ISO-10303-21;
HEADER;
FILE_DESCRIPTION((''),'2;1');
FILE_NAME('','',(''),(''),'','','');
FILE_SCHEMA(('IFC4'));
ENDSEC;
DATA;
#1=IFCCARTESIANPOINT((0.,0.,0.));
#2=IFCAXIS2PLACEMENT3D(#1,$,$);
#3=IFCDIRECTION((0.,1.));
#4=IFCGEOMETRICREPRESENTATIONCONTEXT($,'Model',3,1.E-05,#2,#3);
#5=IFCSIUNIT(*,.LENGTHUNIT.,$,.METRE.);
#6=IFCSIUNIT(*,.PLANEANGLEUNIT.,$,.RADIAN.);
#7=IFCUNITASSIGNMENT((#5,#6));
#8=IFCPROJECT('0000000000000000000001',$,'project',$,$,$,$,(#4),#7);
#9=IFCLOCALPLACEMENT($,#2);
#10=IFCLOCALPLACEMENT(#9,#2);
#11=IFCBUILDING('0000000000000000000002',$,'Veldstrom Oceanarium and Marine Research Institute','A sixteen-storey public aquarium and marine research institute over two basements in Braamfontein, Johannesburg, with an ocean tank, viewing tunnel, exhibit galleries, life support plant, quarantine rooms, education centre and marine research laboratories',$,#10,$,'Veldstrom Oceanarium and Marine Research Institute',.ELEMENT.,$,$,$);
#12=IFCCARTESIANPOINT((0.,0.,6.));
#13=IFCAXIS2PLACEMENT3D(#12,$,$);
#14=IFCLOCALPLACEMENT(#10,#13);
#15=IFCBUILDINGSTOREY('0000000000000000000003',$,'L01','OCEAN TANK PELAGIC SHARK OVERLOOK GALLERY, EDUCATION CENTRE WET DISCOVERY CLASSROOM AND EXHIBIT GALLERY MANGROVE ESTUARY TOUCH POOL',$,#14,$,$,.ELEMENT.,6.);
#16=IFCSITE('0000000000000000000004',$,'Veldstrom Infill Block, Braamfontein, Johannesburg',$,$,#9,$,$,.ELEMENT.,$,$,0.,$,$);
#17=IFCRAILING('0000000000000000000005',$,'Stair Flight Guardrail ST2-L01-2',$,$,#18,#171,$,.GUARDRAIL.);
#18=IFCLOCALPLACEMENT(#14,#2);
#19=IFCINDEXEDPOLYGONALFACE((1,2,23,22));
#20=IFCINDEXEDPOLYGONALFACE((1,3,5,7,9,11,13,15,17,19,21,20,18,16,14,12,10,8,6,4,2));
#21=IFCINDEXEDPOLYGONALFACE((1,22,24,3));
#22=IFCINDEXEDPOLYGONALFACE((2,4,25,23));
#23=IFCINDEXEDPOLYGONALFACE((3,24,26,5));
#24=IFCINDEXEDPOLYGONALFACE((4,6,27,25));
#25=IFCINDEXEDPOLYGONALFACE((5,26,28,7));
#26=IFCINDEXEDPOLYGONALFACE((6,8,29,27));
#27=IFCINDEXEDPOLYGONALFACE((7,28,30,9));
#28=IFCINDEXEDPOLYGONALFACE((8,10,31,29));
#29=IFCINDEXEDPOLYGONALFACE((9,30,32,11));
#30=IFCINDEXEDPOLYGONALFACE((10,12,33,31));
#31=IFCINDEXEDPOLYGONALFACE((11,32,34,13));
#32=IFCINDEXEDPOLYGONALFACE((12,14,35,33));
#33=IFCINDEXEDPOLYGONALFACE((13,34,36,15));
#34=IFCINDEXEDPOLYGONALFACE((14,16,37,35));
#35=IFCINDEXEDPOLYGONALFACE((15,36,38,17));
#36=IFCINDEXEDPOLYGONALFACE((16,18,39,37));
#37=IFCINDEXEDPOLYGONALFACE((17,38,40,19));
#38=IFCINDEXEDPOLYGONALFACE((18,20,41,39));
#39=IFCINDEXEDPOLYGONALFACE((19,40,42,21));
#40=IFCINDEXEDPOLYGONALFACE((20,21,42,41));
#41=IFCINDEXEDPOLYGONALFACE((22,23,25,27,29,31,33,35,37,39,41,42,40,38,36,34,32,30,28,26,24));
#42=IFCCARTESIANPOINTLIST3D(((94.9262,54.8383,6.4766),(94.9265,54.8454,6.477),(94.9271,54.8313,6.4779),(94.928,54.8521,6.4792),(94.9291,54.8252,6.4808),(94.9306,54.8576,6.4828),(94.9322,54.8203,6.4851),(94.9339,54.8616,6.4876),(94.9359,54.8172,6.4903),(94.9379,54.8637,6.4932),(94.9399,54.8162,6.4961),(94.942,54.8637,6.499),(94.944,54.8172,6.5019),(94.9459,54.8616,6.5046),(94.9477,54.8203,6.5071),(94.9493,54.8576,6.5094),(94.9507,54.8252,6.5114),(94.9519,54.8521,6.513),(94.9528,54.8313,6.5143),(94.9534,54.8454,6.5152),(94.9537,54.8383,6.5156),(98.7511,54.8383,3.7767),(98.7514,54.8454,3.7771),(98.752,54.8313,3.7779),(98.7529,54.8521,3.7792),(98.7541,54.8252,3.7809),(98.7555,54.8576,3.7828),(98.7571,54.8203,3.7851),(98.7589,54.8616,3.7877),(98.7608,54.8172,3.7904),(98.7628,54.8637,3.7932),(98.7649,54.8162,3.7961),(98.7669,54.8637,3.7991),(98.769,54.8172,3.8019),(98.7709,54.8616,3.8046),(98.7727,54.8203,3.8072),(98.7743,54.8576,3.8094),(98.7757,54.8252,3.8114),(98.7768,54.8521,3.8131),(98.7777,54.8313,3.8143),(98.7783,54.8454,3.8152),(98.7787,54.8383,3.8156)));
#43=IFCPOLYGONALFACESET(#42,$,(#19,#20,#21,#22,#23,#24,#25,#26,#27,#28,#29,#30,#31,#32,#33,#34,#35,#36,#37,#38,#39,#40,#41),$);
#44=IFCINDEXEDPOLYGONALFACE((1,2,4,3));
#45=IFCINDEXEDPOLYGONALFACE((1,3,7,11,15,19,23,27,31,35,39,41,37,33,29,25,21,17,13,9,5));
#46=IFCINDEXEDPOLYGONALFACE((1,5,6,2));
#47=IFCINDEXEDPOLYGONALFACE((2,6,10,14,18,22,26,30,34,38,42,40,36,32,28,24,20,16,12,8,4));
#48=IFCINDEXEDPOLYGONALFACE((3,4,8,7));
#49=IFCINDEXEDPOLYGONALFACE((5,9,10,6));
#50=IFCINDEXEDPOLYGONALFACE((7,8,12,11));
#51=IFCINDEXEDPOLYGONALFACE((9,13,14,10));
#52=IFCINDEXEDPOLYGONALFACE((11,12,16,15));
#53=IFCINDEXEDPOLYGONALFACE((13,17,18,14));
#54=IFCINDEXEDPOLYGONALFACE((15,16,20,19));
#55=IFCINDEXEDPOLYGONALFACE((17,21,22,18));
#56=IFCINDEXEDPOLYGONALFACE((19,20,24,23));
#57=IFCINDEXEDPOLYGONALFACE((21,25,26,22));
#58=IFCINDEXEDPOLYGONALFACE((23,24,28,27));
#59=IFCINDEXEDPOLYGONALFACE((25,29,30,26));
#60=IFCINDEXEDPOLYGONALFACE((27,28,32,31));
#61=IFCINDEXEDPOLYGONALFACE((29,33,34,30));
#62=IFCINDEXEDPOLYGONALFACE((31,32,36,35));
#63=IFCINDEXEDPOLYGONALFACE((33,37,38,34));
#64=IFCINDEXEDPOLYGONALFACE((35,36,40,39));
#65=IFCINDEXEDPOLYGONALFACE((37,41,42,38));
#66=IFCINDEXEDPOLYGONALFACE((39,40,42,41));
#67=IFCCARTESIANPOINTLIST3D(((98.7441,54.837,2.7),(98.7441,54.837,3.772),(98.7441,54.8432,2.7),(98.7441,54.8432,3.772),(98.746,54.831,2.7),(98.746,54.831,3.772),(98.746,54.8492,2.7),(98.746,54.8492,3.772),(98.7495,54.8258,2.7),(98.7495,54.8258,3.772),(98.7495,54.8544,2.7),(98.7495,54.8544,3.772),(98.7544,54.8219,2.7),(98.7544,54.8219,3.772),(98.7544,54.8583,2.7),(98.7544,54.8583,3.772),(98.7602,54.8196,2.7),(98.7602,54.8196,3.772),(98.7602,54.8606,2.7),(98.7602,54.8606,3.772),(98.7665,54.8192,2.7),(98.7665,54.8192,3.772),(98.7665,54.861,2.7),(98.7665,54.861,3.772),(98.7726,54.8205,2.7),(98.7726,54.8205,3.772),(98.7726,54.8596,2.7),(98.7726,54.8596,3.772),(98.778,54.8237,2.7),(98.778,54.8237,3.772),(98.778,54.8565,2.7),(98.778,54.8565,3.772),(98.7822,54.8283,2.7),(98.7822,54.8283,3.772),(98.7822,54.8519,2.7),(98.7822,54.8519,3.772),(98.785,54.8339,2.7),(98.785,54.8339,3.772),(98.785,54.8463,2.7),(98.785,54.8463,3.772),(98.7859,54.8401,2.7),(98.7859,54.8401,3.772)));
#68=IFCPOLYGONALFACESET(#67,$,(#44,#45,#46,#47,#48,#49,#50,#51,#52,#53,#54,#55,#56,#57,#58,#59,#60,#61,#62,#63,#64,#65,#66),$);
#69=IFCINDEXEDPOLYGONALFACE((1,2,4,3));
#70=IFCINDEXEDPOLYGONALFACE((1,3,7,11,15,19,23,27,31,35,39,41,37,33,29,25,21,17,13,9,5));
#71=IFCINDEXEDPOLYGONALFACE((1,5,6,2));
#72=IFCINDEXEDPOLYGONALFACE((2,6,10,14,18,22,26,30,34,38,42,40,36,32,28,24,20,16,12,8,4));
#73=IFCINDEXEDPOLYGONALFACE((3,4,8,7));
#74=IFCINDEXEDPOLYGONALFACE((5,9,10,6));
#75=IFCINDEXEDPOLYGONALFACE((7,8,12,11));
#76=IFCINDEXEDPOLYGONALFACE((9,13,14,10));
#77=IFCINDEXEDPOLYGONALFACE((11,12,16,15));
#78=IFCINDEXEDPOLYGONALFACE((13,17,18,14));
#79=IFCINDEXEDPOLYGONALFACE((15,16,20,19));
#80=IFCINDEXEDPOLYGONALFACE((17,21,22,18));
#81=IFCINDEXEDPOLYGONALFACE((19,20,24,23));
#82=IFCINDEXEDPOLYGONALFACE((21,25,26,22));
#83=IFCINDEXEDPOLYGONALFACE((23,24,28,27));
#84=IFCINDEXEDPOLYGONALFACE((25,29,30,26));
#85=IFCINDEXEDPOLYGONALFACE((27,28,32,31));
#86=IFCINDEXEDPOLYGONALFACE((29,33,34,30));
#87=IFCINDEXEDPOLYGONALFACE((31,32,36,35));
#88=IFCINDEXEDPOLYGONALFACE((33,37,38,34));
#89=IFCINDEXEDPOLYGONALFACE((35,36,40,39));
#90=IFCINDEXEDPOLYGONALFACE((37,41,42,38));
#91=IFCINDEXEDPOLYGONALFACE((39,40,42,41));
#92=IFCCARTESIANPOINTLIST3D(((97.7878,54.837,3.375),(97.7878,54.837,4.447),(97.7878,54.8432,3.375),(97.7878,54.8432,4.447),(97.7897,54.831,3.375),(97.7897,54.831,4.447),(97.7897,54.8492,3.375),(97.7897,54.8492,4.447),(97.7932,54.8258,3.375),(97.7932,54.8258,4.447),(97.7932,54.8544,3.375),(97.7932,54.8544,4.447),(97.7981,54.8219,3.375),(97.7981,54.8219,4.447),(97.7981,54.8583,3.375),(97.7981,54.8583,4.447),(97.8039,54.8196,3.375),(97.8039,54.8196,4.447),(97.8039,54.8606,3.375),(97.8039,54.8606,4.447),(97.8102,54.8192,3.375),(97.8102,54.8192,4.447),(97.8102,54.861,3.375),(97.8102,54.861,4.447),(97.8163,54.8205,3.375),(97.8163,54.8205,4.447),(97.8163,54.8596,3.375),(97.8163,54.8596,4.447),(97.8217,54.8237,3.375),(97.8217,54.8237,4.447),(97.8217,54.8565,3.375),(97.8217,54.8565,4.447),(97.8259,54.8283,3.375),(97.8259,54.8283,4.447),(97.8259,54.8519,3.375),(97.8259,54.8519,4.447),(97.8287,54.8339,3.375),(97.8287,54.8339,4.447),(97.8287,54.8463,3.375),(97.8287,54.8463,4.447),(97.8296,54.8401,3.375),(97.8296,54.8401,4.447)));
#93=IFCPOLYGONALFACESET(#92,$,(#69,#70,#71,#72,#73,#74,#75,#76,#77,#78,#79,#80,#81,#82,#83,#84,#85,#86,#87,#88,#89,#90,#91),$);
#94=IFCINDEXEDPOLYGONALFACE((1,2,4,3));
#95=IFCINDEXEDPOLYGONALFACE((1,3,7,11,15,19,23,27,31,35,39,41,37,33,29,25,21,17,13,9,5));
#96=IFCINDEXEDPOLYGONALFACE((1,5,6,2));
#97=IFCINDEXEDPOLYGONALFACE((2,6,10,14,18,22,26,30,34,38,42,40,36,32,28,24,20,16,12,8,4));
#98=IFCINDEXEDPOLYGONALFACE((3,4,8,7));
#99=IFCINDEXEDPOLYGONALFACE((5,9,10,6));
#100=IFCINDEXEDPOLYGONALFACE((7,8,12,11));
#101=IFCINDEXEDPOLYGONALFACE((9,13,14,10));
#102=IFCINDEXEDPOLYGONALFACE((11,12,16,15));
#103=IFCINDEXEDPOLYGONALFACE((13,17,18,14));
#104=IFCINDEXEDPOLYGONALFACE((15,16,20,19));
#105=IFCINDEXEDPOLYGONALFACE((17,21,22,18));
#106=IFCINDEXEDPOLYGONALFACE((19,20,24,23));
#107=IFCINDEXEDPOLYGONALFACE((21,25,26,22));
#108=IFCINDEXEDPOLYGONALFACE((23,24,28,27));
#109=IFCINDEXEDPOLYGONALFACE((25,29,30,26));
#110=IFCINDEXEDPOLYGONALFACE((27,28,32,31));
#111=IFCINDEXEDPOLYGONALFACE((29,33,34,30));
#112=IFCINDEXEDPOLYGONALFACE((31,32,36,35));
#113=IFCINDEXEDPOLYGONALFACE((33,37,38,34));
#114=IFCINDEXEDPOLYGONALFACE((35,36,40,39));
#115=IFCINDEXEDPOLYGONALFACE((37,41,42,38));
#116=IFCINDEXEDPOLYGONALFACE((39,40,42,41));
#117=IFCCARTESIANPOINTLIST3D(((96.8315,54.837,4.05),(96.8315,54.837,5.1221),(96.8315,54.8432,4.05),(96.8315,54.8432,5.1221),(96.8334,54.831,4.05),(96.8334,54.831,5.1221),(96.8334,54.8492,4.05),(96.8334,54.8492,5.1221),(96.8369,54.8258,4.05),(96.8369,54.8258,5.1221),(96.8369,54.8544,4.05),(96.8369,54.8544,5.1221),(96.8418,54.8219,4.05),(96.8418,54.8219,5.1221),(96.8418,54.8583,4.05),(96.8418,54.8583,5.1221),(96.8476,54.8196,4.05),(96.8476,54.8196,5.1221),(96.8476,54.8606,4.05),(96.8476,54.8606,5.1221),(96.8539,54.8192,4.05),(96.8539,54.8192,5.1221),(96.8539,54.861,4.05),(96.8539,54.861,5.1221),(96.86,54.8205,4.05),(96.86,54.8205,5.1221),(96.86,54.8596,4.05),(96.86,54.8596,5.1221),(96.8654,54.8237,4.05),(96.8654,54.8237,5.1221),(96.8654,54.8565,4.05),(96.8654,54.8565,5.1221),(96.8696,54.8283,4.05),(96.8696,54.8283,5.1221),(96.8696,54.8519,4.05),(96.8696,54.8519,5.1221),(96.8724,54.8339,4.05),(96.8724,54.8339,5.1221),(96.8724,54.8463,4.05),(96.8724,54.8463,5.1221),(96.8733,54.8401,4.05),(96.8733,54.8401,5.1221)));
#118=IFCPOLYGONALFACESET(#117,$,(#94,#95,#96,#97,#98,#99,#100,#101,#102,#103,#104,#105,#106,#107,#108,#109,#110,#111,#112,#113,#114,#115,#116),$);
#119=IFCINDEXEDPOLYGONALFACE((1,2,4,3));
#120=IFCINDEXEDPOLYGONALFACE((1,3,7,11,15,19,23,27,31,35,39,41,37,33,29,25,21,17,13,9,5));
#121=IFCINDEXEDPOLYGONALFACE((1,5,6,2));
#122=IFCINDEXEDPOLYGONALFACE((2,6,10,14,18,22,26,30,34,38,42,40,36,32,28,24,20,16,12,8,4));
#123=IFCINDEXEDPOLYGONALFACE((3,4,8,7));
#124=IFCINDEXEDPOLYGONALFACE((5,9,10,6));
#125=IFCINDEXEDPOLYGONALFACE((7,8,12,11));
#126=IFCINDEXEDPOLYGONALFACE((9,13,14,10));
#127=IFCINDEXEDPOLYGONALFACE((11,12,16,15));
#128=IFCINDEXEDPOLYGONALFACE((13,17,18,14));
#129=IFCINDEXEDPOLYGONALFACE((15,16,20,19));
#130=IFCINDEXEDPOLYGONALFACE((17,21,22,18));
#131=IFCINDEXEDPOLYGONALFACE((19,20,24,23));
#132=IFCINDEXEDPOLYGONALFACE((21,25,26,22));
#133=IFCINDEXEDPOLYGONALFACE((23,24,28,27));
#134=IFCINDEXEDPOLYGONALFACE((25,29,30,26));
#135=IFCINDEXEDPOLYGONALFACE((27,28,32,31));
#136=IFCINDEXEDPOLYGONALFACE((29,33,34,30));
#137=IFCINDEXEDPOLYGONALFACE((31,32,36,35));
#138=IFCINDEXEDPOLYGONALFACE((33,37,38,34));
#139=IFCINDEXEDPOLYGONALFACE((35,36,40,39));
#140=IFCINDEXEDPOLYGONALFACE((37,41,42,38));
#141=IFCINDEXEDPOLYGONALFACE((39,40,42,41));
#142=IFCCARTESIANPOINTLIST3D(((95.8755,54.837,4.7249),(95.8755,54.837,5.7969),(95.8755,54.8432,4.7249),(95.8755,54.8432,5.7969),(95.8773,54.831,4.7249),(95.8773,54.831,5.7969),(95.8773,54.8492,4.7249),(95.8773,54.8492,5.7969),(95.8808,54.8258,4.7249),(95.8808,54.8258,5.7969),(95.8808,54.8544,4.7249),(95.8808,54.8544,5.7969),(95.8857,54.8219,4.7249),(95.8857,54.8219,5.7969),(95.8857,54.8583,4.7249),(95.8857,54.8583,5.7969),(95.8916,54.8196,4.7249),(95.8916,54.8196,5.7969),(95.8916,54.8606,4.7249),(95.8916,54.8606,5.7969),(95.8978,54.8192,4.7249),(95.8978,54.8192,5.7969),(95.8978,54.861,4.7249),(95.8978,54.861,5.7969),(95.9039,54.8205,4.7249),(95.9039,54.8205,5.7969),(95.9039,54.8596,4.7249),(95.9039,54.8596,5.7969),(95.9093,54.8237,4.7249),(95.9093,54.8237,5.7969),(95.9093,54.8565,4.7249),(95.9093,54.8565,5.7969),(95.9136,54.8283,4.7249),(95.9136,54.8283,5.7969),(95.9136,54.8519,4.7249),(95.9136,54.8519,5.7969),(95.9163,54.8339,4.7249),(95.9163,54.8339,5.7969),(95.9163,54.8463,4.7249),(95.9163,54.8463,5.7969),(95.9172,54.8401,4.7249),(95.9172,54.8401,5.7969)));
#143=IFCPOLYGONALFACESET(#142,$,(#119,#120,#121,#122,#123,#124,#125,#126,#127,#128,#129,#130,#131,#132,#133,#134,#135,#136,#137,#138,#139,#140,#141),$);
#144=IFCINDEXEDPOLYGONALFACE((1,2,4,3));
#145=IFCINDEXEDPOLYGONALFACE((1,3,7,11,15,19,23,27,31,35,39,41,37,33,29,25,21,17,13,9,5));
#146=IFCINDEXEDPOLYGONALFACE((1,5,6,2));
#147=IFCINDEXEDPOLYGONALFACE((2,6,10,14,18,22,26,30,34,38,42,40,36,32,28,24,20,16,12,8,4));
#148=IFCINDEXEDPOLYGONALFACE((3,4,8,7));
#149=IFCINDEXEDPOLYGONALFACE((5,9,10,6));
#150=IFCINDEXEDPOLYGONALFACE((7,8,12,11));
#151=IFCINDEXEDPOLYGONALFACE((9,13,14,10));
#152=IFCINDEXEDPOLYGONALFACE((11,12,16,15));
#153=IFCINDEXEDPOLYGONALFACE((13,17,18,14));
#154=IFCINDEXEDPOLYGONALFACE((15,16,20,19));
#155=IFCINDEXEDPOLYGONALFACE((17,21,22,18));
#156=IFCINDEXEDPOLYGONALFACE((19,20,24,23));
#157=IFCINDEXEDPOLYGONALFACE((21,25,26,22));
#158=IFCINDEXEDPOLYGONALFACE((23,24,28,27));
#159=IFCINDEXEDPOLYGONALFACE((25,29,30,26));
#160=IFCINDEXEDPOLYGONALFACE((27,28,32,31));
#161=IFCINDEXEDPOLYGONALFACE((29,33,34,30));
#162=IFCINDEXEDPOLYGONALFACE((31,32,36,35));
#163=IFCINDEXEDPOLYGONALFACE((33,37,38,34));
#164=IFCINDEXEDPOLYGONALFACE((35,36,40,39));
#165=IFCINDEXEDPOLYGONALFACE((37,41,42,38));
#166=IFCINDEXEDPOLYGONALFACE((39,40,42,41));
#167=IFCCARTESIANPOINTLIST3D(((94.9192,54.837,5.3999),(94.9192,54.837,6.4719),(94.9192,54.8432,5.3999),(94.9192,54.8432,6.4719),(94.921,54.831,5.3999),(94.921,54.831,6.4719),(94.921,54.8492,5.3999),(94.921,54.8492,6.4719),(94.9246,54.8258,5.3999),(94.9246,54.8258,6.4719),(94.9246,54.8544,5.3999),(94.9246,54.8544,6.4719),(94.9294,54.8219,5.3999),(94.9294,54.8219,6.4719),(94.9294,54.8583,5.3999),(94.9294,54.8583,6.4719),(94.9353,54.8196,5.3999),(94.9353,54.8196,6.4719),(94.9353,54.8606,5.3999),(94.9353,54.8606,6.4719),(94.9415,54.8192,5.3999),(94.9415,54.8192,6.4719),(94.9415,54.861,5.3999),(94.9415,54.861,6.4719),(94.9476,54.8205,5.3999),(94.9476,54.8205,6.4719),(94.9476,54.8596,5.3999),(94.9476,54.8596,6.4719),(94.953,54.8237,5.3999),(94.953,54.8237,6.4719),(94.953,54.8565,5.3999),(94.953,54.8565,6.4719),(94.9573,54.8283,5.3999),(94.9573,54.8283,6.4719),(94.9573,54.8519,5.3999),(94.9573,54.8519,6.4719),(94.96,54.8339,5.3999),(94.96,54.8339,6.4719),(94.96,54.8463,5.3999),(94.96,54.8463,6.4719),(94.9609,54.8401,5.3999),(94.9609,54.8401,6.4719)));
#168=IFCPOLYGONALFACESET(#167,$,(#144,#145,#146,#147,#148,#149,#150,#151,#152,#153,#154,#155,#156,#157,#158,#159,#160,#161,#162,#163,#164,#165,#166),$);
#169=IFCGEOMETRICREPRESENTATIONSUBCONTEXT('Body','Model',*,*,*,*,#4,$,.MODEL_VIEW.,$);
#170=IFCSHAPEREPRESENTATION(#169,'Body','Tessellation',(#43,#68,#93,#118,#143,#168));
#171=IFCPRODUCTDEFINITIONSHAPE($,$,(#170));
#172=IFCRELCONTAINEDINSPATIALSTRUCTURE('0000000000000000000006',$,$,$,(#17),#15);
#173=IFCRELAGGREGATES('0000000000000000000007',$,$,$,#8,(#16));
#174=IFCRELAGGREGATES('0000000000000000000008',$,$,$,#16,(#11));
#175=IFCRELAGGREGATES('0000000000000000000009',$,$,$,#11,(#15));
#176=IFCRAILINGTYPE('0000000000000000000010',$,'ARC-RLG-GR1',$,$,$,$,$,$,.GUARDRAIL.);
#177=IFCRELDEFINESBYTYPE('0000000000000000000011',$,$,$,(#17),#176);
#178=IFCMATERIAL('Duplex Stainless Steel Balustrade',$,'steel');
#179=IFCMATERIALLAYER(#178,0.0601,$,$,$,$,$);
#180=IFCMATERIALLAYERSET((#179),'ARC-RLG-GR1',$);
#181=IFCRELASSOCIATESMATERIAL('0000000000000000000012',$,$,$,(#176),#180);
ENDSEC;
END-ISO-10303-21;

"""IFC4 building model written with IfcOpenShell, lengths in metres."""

from ifc_helpers import new_model, si_unit, direction, frame, origin, origin_2d, place, context, subcontext, project, spatial, circle, extrude, material, layer, layer_set, type_object, element, save


model = new_model("IFC4")

# Units and contexts
model_context = context("Model", 3, precision=1e-05, world=origin(), true_north=direction((0.0, 1.0)))
body_context = subcontext(model_context, "Body", "Model", "MODEL_VIEW")
ifc_project = project(units=[si_unit("LENGTHUNIT", "METRE"), si_unit("PLANEANGLEUNIT", "RADIAN")], contexts=[model_context])

# Site, building, storey
site_placement = place(None, origin())
site = spatial("IfcSite", under=ifc_project, at=site_placement, Name="Veldstrom Infill Block, Braamfontein, Johannesburg", CompositionType="ELEMENT", RefElevation=0.0)
building_placement = place(site_placement, origin())
building = spatial("IfcBuilding", under=site, at=building_placement, Name="Veldstrom Oceanarium and Marine Research Institute", Description="A sixteen-storey public aquarium and marine research institute over two basements in Braamfontein, Johannesburg, with an ocean tank, viewing tunnel, exhibit galleries, life support plant, quarantine rooms, education centre and marine research laboratories", LongName="Veldstrom Oceanarium and Marine Research Institute", CompositionType="ELEMENT")
storey_placement = place(building_placement, frame((0.0, 0.0, 6.0)))
storey = spatial("IfcBuildingStorey", under=building, at=storey_placement, Name="L01", Description="OCEAN TANK PELAGIC SHARK OVERLOOK GALLERY, EDUCATION CENTRE WET DISCOVERY CLASSROOM AND EXHIBIT GALLERY MANGROVE ESTUARY TOUCH POOL", CompositionType="ELEMENT", Elevation=6.0)

# Railing
ifc_material_1 = material(Name="Duplex Stainless Steel Balustrade", Category="steel")
ifc_layer_1 = layer(ifc_material_1, 0.0601)
ifc_layer_set_1 = layer_set([ifc_layer_1], Name="ARC-RLG-GR1")
railing_type_1 = type_object("IfcRailingType", Name="ARC-RLG-GR1", PredefinedType="GUARDRAIL", material=ifc_layer_set_1)
railing_1_placement = place(storey_placement, frame((98.7649, 54.8401, 2.7)))
element("IfcRailing", 1, at=railing_1_placement, inside=storey, type_object=railing_type_1, Name="Stair Flight Guardrail ST2-L01-2", PredefinedType="GUARDRAIL", context=body_context, shape_type="SweptSolid", body=[
    extrude(circle(Radius=0.0239, at=origin_2d()), frame((0.0, 0.0, 1.0962), z_axis=(-0.816969, 0.0, 0.576681), x_axis=(0.0, -1.0, 0.0)), (0.0, 0.0, 1.0), 4.6819),
    extrude(circle(Radius=0.021, at=origin_2d()), origin(), (0.0, 0.0, 1.0), 1.072),
    extrude(circle(Radius=0.021, at=origin_2d()), frame((-0.9563, 0.0, 0.675)), (0.0, 0.0, 1.0), 1.072),
    extrude(circle(Radius=0.021, at=origin_2d()), frame((-1.9126, 0.0, 1.3501)), (0.0, 0.0, 1.0), 1.072),
    extrude(circle(Radius=0.021, at=origin_2d()), frame((-2.8687, 0.0, 2.0249)), (0.0, 0.0, 1.0), 1.072),
    extrude(circle(Radius=0.021, at=origin_2d()), frame((-3.825, 0.0, 2.7)), (0.0, 0.0, 1.0), 1.072),
])

save(model, "model.ifc")
